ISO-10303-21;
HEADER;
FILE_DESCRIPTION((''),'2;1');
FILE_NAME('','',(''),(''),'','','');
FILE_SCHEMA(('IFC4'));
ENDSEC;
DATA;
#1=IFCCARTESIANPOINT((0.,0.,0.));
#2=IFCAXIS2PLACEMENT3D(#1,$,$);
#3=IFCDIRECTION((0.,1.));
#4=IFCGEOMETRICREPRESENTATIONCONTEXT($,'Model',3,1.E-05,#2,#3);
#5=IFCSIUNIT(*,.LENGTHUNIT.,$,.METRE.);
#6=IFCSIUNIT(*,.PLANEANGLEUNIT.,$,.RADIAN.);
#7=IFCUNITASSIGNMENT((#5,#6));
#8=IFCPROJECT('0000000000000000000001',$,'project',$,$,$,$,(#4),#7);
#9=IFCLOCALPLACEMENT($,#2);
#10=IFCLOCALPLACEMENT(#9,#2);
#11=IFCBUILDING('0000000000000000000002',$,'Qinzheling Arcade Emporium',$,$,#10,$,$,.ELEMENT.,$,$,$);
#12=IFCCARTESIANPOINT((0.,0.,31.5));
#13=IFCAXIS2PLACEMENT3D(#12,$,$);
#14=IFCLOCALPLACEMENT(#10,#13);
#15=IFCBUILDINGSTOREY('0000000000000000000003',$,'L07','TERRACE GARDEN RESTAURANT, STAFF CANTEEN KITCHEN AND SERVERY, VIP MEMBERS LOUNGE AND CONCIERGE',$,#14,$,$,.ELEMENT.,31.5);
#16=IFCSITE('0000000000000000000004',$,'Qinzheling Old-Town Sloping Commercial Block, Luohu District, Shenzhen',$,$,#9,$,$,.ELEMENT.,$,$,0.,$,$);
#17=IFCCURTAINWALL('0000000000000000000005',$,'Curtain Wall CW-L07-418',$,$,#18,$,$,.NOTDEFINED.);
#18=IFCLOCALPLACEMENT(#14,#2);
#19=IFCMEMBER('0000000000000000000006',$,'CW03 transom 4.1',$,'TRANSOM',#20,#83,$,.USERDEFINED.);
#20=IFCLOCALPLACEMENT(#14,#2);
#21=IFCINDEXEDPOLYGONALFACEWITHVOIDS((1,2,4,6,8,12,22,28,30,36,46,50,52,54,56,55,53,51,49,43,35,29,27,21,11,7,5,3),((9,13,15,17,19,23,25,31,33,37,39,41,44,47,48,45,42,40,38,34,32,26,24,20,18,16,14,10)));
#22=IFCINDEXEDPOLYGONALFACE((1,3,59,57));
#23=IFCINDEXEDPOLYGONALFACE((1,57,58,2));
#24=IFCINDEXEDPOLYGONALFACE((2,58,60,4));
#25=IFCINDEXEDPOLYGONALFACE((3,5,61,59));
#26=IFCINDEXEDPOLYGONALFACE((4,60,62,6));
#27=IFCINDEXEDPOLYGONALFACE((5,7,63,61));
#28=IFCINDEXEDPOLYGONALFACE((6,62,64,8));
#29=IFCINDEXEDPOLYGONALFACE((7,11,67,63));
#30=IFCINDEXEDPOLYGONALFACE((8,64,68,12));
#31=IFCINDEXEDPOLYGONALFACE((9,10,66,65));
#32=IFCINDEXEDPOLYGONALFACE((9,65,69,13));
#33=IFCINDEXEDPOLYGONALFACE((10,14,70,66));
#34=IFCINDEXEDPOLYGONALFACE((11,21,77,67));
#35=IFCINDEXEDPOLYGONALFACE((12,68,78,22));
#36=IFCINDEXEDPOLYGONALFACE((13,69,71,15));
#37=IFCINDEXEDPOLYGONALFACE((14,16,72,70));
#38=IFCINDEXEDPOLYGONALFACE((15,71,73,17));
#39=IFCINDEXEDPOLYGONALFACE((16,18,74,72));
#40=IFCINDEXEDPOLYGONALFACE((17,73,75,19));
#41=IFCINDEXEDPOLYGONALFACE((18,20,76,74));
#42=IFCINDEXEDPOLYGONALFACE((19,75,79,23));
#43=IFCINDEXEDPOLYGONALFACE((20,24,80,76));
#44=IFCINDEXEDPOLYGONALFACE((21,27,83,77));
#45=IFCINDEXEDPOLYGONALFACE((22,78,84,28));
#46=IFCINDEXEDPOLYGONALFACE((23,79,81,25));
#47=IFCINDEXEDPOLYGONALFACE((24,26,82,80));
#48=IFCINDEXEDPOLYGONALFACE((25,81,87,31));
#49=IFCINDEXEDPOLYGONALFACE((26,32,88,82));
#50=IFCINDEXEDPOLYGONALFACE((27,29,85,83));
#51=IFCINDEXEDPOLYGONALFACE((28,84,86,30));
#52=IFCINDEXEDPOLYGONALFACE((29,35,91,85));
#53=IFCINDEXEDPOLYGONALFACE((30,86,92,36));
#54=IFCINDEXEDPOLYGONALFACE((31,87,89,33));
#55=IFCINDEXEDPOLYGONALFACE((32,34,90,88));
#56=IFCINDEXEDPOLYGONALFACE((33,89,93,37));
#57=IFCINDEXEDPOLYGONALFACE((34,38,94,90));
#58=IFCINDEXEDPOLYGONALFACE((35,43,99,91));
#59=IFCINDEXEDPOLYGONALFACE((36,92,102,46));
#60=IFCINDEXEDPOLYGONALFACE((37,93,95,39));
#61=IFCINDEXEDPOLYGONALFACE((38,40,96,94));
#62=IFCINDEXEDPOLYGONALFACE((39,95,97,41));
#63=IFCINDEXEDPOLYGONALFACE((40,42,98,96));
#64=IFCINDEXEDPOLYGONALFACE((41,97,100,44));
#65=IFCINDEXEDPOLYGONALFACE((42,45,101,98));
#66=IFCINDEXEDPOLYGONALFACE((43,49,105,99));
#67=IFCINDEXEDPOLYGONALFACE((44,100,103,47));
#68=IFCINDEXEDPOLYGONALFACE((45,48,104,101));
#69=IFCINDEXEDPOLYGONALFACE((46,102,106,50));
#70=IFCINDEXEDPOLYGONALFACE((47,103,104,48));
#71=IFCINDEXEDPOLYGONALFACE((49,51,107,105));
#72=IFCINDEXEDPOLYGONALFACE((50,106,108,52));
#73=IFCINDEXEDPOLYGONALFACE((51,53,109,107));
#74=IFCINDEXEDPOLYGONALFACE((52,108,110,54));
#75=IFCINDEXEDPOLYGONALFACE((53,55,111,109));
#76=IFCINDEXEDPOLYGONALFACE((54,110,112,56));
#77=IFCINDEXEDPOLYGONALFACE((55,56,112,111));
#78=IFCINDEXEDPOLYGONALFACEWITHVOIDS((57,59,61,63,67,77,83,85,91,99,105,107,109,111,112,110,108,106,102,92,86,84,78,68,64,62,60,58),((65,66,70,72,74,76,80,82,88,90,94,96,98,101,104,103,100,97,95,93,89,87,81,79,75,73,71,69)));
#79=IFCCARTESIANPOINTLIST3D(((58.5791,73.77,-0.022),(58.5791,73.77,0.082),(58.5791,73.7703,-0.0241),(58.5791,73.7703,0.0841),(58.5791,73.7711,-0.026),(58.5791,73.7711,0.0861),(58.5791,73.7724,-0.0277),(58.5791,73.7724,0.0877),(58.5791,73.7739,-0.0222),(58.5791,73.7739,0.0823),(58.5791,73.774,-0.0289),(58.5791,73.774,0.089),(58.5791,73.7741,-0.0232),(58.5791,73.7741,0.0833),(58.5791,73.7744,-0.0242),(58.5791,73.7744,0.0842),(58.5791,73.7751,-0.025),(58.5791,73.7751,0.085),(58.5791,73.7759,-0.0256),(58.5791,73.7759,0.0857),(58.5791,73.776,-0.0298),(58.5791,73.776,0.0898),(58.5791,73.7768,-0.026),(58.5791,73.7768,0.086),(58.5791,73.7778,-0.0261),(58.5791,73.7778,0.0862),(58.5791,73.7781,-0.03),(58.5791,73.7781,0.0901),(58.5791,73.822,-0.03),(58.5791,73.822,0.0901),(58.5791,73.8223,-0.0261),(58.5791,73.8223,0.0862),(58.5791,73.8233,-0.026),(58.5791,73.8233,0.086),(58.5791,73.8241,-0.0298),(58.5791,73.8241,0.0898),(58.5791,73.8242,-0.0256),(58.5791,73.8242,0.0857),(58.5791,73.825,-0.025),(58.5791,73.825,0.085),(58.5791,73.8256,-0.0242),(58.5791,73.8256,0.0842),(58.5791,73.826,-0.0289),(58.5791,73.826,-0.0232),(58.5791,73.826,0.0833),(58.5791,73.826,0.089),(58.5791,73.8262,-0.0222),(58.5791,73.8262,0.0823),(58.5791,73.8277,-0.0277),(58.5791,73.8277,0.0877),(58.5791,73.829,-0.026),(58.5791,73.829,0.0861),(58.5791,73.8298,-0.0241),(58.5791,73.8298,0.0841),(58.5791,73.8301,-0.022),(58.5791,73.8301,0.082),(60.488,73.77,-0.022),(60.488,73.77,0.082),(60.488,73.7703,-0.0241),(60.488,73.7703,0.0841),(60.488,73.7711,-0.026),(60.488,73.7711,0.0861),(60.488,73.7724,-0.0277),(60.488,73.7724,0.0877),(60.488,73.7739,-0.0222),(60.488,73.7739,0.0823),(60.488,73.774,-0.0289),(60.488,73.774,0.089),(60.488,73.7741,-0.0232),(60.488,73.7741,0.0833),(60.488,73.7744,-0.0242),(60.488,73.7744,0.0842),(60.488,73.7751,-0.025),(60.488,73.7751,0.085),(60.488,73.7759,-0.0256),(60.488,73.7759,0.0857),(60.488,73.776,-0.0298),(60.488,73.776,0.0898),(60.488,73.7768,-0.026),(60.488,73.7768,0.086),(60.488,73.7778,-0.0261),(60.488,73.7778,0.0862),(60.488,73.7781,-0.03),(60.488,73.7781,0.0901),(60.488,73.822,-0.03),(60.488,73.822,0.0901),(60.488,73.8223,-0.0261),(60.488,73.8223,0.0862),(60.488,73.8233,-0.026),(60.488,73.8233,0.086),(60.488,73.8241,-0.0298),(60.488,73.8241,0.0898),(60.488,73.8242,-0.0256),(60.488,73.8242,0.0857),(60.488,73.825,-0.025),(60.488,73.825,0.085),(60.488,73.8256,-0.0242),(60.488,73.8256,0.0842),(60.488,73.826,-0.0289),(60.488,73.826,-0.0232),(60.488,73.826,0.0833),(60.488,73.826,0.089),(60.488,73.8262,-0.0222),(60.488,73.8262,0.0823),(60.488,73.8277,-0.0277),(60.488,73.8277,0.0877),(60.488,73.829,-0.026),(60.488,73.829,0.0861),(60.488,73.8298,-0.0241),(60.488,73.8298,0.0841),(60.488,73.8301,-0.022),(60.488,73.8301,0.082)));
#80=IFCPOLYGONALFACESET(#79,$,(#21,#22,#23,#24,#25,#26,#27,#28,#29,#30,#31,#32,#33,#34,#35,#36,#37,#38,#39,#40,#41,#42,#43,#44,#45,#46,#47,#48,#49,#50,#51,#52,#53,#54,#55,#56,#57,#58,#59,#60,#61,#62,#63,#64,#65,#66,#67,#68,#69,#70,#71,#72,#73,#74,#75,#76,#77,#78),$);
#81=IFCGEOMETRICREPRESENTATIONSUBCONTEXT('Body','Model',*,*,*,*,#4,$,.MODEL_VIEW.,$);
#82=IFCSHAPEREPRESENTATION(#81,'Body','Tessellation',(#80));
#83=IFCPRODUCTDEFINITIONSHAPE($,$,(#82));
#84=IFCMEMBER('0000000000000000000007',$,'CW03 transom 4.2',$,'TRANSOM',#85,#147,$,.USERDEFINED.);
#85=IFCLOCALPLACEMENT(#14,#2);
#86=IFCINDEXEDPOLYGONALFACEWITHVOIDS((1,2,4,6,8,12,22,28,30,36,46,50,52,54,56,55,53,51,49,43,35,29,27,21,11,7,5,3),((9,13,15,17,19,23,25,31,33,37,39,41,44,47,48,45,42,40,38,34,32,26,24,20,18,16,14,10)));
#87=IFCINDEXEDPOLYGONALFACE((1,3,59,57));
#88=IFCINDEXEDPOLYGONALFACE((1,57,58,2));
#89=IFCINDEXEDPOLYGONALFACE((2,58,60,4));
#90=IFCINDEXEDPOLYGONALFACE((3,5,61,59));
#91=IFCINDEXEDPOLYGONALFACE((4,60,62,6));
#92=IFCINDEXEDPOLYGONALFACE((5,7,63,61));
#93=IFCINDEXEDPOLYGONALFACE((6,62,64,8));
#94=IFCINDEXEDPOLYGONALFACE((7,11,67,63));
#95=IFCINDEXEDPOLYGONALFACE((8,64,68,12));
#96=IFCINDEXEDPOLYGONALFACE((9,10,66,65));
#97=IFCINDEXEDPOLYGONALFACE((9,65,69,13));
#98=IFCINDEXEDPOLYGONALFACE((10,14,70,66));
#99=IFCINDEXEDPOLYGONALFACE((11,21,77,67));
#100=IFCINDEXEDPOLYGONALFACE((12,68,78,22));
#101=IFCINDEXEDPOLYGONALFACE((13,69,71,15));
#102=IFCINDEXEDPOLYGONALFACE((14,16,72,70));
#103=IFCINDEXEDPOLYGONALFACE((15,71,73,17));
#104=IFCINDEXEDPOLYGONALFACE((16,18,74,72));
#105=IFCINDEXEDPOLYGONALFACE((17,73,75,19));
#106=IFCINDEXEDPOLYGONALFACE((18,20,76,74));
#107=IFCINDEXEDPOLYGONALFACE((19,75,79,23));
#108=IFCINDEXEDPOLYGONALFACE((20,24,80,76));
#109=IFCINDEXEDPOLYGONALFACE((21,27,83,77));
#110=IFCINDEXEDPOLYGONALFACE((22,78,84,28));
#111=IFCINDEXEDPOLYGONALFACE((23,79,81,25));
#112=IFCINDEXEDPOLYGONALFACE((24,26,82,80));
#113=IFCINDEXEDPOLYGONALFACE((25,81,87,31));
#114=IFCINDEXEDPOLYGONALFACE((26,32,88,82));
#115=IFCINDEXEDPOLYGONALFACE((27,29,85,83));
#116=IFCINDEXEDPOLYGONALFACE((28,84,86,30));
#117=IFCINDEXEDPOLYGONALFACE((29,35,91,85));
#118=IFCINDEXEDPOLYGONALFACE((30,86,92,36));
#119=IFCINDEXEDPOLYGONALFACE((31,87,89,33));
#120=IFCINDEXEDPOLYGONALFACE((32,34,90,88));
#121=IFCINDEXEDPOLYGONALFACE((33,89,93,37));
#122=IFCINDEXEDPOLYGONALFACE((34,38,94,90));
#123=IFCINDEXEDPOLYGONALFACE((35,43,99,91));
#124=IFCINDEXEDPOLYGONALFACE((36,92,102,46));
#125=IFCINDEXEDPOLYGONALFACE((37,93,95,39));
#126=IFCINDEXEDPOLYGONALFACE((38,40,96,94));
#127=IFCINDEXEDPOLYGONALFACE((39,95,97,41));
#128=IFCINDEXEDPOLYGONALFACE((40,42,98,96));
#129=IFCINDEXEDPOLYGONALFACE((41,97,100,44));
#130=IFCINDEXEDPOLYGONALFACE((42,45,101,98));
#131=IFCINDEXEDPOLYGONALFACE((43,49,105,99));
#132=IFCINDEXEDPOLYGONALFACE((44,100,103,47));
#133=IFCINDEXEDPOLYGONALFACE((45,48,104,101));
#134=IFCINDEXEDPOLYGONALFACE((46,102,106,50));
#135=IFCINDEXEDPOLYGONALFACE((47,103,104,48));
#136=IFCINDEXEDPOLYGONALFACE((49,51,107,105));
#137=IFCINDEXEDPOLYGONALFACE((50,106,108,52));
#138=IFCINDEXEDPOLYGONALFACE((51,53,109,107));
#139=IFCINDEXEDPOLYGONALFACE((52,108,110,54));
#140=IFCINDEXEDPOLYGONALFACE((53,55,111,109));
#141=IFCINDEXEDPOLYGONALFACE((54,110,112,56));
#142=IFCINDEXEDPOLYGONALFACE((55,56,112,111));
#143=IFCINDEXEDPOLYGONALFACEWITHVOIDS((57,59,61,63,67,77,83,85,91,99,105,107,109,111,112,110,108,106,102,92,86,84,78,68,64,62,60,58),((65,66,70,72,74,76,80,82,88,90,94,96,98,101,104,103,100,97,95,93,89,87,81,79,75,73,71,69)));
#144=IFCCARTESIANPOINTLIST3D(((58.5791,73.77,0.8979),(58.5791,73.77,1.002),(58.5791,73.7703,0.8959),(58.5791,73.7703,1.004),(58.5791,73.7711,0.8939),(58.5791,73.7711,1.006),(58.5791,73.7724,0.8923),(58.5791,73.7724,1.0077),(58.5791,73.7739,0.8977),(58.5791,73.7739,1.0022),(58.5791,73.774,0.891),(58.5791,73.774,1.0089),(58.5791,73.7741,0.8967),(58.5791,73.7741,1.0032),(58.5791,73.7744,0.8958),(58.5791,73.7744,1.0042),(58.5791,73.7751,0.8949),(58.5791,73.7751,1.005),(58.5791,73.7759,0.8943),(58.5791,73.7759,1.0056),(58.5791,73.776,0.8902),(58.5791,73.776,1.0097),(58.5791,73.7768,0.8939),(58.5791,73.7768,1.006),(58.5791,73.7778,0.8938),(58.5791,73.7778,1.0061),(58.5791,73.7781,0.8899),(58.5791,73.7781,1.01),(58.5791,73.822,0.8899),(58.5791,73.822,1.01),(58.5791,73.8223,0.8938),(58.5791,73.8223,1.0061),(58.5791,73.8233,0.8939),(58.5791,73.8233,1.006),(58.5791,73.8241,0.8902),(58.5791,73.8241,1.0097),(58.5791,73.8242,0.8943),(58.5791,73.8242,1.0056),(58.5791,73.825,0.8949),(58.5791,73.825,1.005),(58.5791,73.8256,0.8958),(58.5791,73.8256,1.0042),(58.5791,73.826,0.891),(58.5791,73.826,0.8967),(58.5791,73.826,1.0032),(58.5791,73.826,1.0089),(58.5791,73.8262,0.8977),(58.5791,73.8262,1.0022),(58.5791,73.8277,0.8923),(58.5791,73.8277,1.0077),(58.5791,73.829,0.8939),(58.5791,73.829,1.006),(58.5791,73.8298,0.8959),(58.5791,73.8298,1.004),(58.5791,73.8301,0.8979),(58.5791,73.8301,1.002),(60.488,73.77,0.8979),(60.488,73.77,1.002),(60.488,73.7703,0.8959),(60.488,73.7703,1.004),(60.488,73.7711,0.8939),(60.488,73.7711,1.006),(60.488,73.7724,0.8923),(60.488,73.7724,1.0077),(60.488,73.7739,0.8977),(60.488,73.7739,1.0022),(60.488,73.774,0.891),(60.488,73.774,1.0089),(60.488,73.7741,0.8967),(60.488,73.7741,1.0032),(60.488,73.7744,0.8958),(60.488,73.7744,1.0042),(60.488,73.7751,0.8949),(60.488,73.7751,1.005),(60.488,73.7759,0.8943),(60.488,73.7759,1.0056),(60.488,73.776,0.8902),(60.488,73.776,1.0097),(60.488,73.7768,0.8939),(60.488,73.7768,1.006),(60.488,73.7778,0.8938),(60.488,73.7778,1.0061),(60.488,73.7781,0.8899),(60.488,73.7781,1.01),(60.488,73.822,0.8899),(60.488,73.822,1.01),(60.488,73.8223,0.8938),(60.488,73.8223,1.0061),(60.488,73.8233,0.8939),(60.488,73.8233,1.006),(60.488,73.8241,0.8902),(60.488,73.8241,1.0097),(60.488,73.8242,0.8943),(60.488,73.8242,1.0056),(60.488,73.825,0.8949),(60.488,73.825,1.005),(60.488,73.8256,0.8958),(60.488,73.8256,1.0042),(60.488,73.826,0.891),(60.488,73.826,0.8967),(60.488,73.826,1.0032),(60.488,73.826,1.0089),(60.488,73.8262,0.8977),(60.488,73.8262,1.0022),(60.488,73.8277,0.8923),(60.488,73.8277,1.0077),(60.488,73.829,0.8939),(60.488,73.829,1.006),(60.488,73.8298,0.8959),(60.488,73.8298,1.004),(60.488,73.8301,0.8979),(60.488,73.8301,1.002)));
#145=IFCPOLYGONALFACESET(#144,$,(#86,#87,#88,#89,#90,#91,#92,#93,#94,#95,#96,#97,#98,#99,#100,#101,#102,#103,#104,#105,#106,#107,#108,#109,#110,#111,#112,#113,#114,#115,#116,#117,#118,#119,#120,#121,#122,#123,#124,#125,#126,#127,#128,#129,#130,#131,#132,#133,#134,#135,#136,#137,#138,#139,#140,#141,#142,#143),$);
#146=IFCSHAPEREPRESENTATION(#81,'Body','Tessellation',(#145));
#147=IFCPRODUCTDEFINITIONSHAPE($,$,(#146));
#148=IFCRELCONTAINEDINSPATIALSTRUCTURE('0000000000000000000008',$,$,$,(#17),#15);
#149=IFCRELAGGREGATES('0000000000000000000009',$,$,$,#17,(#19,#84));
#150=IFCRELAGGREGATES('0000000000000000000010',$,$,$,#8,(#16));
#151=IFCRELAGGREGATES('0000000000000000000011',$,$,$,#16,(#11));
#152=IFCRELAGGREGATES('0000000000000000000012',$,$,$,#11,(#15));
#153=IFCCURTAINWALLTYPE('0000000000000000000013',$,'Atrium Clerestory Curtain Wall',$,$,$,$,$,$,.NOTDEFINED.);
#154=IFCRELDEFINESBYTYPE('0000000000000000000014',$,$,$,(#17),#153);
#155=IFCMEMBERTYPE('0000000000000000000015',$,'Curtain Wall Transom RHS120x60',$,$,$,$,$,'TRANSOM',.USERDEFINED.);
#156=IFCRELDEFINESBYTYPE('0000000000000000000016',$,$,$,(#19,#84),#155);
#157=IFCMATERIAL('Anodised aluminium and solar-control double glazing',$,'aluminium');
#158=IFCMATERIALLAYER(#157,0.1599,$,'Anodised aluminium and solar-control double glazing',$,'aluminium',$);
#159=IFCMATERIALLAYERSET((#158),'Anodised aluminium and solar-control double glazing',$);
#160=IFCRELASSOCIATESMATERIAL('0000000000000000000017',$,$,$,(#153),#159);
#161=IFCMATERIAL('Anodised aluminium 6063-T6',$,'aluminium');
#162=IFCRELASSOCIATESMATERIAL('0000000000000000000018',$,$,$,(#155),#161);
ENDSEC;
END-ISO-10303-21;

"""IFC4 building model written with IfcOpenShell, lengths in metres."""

from ifc_helpers import new_model, si_unit, direction, frame, origin, origin_2d, place, context, subcontext, project, spatial, hollow_rectangle, extrude, material, layer, layer_set, material_profile, profile_set, type_object, element, aggregate, save


model = new_model("IFC4")

# Units and contexts
model_context = context("Model", 3, precision=1e-05, world=origin(), true_north=direction((0.0, 1.0)))
body_context = subcontext(model_context, "Body", "Model", "MODEL_VIEW")
ifc_project = project(units=[si_unit("LENGTHUNIT", "METRE"), si_unit("PLANEANGLEUNIT", "RADIAN")], contexts=[model_context])

# Site, building, storey
site_placement = place(None, origin())
site = spatial("IfcSite", under=ifc_project, at=site_placement, Name="Qinzheling Old-Town Sloping Commercial Block, Luohu District, Shenzhen", CompositionType="ELEMENT", RefElevation=0.0)
building_placement = place(site_placement, origin())
building = spatial("IfcBuilding", under=site, at=building_placement, Name="Qinzheling Arcade Emporium", CompositionType="ELEMENT")
storey_placement = place(building_placement, frame((0.0, 0.0, 31.5)))
storey = spatial("IfcBuildingStorey", under=building, at=storey_placement, Name="L07", Description="TERRACE GARDEN RESTAURANT, STAFF CANTEEN KITCHEN AND SERVERY, VIP MEMBERS LOUNGE AND CONCIERGE", CompositionType="ELEMENT", Elevation=31.5)

# Curtain wall
ifc_material_1 = material(Name="Anodised aluminium and solar-control double glazing", Category="aluminium")
ifc_layer_1 = layer(ifc_material_1, 0.1599, Name="Anodised aluminium and solar-control double glazing", Category="aluminium")
ifc_layer_set_1 = layer_set([ifc_layer_1], Name="Anodised aluminium and solar-control double glazing")
curtain_wall_type = type_object("IfcCurtainWallType", Name="Atrium Clerestory Curtain Wall", PredefinedType="NOTDEFINED", material=ifc_layer_set_1)
curtain_wall_1_placement = place(storey_placement, origin())
curtain_wall_1 = element("IfcCurtainWall", 1, at=curtain_wall_1_placement, inside=storey, type_object=curtain_wall_type, Name="Curtain Wall CW-L07-418", PredefinedType="NOTDEFINED")
ifc_material_2 = material(Name="Anodised aluminium 6063-T6", Category="aluminium")

# Members
ifc_material_profile_1 = material_profile(ifc_material_2, hollow_rectangle(XDim=0.0601, YDim=0.1201, WallThickness=0.0039, InnerFilletRadius=0.0039, OuterFilletRadius=0.0081, at=origin_2d()), Name="RHS 120x60x4", Category="aluminium")
ifc_profile_set_1 = profile_set([ifc_material_profile_1], Name="Anodised aluminium 6063-T6")
member_type_1 = type_object("IfcMemberType", Name="Curtain Wall Transom RHS120x60", ElementType="TRANSOM", PredefinedType="USERDEFINED", material=ifc_profile_set_1)
member_1_placement = place(storey_placement, frame((58.5791, 73.8, 0.03), z_axis=(1.0, 0.0, 0.0), x_axis=(0.0, 1.0, 0.0)))
member_1 = element("IfcMember", 2, at=member_1_placement, type_object=member_type_1, Name="CW03 transom 4.1", ObjectType="TRANSOM", PredefinedType="USERDEFINED", context=body_context, shape_type="SweptSolid", body=[
    extrude(hollow_rectangle(XDim=0.0601, YDim=0.1201, WallThickness=0.0039, InnerFilletRadius=0.0039, OuterFilletRadius=0.0081, at=origin_2d()), origin(), (0.0, 0.0, 1.0), 1.9089),
])
member_2_placement = place(storey_placement, frame((58.5791, 73.8, 0.95), z_axis=(1.0, 0.0, 0.0), x_axis=(0.0, 1.0, 0.0)))
member_2 = element("IfcMember", 3, at=member_2_placement, type_object=member_type_1, Name="CW03 transom 4.2", ObjectType="TRANSOM", PredefinedType="USERDEFINED", context=body_context, shape_type="SweptSolid", body=[
    extrude(hollow_rectangle(XDim=0.0601, YDim=0.1201, WallThickness=0.0039, InnerFilletRadius=0.0039, OuterFilletRadius=0.0081, at=origin_2d()), origin(), (0.0, 0.0, 1.0), 1.9089),
])

aggregate(curtain_wall_1, [member_1, member_2])

save(model, "model.ifc")
